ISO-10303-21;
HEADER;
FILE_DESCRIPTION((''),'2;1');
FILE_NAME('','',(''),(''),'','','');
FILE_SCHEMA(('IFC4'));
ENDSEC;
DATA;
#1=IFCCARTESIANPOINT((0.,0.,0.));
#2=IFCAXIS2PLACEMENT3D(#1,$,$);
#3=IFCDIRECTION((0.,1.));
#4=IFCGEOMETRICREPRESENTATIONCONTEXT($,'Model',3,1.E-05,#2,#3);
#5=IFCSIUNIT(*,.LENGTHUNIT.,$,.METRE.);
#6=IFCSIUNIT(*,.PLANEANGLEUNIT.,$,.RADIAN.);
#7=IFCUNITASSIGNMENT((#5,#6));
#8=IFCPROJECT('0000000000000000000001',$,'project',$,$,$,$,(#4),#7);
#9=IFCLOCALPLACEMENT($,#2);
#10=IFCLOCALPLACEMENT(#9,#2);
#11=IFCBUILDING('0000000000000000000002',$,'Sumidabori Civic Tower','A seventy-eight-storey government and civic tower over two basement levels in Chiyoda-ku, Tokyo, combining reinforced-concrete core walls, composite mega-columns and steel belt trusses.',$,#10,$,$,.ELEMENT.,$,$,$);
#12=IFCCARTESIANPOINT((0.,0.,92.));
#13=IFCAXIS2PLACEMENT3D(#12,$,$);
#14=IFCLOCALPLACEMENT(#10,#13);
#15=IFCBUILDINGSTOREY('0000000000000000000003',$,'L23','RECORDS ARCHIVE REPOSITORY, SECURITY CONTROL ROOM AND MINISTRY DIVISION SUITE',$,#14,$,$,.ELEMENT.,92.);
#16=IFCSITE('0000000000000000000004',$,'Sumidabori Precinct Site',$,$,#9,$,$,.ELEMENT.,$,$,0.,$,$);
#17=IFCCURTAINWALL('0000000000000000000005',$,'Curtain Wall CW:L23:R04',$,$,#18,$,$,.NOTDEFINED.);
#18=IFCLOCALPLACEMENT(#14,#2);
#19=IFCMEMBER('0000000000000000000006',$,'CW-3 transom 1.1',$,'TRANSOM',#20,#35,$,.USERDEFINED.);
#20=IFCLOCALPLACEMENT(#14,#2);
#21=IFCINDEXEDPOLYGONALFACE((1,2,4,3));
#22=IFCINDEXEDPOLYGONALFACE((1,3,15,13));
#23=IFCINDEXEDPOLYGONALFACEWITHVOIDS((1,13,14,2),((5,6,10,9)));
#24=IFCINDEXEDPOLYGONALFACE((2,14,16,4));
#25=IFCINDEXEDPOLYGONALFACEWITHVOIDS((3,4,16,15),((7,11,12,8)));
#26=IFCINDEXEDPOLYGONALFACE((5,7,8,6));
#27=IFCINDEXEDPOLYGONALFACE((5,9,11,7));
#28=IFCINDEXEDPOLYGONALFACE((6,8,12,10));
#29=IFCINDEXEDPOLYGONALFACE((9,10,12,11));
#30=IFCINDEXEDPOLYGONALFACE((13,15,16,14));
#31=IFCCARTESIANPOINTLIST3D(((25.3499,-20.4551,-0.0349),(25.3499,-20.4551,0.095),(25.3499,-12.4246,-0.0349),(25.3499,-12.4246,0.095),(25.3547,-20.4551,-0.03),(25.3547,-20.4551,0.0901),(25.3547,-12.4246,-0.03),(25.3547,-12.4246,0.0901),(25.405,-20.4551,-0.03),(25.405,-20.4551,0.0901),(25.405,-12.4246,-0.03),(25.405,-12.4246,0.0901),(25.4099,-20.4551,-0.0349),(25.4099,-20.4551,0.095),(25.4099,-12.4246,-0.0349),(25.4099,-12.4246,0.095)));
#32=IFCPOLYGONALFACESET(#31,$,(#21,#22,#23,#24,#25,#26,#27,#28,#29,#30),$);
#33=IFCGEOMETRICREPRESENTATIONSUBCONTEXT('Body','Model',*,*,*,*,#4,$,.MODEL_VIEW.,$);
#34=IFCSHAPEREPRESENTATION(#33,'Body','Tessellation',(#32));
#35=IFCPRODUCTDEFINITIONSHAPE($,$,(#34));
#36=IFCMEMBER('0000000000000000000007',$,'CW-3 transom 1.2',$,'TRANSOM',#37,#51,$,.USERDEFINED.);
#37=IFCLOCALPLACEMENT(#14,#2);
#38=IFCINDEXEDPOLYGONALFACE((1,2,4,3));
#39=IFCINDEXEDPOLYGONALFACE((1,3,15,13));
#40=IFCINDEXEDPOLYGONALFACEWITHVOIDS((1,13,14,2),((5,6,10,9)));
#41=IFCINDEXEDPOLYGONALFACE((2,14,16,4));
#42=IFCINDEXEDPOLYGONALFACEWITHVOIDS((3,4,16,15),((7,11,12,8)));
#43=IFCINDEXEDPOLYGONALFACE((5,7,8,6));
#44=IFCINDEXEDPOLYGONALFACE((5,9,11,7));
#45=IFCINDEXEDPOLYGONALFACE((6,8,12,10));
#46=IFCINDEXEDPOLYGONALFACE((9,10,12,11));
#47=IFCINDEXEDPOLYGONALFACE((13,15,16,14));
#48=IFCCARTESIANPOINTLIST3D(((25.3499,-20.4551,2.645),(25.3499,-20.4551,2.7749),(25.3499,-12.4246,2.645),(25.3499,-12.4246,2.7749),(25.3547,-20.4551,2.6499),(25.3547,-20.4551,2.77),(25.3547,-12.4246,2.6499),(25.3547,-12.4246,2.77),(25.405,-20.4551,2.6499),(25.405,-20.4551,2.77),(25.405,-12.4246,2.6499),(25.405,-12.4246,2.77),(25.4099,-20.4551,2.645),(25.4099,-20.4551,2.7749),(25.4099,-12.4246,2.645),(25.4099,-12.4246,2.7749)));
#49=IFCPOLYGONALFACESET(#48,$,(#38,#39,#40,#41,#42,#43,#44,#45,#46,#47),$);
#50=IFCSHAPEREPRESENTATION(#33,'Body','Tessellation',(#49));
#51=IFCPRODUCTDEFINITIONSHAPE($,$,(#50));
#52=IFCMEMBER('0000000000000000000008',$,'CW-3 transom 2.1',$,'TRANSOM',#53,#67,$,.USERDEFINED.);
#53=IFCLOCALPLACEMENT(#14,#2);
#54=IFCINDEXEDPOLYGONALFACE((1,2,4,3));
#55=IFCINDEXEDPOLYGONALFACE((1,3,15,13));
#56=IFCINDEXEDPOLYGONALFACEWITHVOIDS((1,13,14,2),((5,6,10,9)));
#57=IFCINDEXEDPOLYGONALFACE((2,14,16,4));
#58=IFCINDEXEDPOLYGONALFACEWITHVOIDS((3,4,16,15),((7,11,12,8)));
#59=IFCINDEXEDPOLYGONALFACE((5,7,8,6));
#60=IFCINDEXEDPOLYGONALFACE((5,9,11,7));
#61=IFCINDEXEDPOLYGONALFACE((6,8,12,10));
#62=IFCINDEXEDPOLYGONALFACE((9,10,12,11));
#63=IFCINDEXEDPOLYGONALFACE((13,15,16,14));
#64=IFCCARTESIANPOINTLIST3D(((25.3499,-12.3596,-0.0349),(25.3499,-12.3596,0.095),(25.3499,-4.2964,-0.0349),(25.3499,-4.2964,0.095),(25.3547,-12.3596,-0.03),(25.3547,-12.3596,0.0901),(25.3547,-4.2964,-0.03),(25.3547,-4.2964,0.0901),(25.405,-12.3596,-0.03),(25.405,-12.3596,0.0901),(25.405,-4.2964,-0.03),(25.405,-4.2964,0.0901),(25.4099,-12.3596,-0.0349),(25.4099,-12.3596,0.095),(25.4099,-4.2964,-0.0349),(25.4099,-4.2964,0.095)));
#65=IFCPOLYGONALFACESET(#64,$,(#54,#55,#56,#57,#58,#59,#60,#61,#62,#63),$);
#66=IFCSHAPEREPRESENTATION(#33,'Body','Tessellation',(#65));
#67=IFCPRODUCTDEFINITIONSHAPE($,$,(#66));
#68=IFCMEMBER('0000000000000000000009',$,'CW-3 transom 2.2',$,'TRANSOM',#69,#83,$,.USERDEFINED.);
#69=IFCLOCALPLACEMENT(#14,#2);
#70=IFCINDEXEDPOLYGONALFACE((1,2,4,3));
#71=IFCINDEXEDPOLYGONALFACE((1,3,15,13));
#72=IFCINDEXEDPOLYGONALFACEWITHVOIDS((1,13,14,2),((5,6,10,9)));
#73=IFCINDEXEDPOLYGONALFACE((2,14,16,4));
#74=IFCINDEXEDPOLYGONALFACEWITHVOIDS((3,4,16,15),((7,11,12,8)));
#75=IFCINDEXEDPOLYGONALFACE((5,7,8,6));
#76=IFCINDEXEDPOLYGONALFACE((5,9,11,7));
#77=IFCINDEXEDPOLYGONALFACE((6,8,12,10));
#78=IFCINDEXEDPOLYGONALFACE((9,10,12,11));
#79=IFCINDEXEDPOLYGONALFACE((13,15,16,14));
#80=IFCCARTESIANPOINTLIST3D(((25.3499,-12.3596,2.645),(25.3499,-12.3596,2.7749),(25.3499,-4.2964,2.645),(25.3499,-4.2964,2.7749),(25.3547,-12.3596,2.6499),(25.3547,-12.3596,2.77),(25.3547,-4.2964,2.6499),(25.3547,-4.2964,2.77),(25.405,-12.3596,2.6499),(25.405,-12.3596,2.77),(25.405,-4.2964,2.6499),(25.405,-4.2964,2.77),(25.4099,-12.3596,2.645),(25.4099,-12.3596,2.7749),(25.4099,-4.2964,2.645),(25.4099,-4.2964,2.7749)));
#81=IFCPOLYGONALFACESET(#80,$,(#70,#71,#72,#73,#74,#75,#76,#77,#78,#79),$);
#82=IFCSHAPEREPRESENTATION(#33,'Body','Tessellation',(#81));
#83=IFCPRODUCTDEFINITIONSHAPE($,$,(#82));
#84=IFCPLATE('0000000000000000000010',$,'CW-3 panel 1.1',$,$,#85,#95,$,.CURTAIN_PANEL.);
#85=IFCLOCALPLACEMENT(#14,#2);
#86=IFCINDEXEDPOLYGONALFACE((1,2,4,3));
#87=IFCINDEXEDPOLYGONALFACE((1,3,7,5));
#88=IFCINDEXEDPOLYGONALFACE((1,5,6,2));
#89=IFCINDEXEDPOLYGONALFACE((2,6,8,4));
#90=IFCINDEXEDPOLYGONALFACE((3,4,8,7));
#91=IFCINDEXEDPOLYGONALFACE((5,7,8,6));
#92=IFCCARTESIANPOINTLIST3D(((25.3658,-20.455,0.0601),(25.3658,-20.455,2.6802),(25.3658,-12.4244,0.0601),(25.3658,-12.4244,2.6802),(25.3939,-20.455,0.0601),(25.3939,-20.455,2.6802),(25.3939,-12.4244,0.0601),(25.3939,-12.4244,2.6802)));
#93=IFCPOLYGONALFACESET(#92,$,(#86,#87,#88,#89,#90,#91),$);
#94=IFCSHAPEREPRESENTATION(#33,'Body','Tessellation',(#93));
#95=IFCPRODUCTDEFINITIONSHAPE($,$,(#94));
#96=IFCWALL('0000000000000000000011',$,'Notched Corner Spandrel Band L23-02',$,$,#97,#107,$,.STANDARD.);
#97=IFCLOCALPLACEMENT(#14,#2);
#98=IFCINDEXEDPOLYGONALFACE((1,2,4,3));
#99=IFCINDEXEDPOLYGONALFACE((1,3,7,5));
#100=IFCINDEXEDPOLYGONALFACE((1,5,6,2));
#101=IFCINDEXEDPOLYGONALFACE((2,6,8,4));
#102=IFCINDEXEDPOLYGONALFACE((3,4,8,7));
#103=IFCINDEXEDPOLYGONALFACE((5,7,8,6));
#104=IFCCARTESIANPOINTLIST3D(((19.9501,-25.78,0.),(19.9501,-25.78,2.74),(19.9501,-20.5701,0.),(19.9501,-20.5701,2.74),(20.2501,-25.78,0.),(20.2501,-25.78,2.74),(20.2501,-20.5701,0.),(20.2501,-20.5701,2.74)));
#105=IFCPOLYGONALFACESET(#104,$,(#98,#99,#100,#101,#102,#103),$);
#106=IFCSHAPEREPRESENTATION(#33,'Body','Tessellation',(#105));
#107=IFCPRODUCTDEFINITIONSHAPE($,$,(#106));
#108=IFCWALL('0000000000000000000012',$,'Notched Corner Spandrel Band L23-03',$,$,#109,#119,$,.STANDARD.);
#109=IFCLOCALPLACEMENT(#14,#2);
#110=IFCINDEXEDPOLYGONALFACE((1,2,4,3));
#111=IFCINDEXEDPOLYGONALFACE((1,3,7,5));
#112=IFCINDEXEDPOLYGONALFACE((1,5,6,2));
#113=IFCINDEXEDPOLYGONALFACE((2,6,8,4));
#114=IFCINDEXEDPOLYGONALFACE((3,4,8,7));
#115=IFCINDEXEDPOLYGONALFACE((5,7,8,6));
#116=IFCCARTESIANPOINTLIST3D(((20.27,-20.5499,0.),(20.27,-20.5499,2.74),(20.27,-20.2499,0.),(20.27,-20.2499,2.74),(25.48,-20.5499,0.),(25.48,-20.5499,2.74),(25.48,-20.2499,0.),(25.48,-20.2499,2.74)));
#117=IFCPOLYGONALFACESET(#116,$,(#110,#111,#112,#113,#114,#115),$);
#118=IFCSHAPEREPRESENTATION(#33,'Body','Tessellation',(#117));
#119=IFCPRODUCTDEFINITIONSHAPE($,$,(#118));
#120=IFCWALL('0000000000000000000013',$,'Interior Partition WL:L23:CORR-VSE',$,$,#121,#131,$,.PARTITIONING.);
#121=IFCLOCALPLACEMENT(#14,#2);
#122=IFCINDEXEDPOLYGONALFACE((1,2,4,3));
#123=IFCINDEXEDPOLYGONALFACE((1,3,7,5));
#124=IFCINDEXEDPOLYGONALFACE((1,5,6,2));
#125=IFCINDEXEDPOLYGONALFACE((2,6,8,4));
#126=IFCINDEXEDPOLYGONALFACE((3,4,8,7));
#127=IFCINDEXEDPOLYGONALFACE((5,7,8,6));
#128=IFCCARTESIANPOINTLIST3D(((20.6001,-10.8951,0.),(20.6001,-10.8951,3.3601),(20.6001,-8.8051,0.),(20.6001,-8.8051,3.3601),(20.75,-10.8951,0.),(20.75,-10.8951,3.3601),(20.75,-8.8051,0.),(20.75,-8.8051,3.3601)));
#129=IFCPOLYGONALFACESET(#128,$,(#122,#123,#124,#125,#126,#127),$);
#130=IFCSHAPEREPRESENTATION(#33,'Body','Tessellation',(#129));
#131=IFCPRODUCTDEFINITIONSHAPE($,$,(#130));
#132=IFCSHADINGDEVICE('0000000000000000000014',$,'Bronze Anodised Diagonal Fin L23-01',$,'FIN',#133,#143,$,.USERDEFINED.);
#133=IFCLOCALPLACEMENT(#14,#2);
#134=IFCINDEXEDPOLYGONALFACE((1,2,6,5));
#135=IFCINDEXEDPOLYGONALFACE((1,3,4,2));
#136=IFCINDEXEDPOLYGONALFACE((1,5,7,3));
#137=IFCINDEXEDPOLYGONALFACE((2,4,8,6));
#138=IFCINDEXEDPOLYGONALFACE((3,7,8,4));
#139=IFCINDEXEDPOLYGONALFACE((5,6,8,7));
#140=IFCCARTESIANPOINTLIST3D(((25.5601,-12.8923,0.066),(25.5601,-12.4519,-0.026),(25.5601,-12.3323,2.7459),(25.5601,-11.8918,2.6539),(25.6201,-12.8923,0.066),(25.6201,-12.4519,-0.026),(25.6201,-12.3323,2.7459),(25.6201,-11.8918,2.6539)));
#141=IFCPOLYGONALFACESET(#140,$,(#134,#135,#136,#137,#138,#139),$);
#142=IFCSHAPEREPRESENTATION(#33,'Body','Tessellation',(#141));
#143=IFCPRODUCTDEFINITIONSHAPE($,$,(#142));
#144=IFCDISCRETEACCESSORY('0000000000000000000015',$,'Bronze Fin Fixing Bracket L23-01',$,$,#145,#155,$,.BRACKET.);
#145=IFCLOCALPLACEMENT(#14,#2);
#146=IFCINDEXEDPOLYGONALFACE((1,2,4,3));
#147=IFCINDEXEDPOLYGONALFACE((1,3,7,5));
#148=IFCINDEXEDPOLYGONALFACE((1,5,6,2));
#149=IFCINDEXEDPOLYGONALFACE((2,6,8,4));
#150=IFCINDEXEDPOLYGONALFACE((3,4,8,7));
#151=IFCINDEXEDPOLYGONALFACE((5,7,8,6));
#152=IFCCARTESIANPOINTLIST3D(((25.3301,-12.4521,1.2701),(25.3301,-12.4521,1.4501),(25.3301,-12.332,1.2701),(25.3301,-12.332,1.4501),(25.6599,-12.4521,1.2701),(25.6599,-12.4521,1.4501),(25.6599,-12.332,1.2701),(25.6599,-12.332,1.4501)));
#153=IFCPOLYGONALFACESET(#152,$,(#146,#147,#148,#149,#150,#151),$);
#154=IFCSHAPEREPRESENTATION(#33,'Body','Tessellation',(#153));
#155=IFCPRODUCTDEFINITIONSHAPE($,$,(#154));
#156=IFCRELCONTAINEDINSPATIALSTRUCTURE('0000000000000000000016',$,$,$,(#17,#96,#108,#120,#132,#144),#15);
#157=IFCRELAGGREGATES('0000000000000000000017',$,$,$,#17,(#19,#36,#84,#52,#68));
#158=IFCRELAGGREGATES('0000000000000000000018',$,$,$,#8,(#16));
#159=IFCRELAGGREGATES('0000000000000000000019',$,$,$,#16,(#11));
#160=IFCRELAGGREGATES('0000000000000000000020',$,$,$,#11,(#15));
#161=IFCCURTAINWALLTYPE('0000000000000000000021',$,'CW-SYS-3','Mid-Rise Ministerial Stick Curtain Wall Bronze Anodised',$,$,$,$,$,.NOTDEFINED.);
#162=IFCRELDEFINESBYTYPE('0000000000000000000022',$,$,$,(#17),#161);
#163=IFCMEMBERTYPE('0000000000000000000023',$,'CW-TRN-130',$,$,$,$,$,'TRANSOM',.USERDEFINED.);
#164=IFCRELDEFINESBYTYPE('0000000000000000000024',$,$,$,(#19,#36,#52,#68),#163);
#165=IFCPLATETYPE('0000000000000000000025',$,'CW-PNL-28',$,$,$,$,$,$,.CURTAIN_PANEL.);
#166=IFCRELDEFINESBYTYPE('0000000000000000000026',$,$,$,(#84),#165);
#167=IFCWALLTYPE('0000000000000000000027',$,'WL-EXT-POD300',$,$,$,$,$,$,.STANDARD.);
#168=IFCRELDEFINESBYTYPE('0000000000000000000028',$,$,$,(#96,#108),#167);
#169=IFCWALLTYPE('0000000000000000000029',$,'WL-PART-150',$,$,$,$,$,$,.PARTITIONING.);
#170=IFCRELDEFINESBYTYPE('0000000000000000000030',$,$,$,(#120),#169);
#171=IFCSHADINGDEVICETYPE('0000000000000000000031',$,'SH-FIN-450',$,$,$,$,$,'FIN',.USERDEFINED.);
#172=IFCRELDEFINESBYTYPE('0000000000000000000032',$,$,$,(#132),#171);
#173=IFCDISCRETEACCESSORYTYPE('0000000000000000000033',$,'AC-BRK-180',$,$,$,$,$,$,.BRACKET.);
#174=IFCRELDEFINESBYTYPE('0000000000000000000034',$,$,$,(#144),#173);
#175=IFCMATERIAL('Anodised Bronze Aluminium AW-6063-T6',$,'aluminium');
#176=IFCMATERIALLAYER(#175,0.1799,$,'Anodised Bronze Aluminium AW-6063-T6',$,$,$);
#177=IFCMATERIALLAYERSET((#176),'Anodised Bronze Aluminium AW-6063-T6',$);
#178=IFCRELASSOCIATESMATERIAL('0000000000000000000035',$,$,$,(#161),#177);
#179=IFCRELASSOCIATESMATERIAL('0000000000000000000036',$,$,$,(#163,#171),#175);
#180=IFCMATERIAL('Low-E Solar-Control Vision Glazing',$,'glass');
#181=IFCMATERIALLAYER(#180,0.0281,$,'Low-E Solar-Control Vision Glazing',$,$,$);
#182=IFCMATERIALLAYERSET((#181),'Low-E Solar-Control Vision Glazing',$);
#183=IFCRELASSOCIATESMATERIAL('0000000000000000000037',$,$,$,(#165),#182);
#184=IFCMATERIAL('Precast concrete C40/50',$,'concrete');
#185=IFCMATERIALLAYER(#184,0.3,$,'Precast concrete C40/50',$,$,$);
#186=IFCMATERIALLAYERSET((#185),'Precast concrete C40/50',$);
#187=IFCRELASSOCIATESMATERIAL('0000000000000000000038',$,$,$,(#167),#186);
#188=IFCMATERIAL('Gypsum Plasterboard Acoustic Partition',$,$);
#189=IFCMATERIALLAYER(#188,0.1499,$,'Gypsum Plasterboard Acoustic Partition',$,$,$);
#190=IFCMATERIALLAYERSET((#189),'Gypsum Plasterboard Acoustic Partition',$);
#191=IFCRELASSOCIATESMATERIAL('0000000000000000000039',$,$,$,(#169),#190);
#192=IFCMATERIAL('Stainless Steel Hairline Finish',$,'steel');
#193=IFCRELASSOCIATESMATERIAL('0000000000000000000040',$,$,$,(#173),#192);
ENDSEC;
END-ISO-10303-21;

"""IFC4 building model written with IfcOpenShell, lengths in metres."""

from ifc_helpers import new_model, si_unit, direction, frame, frame_2d, origin, origin_2d, place, context, subcontext, project, spatial, rectangle, hollow_rectangle, extrude, source, transform, mapped, material, layer, layer_set, material_profile, profile_set, type_object, element, aggregate, save


model = new_model("IFC4")

# Units and contexts
model_context = context("Model", 3, precision=1e-05, world=origin(), true_north=direction((0.0, 1.0)))
body_context = subcontext(model_context, "Body", "Model", "MODEL_VIEW")
ifc_project = project(units=[si_unit("LENGTHUNIT", "METRE"), si_unit("PLANEANGLEUNIT", "RADIAN")], contexts=[model_context])

# Site, building, storey
site_placement = place(None, origin())
site = spatial("IfcSite", under=ifc_project, at=site_placement, Name="Sumidabori Precinct Site", CompositionType="ELEMENT", RefElevation=0.0)
building_placement = place(site_placement, origin())
building = spatial("IfcBuilding", under=site, at=building_placement, Name="Sumidabori Civic Tower", Description="A seventy-eight-storey government and civic tower over two basement levels in Chiyoda-ku, Tokyo, combining reinforced-concrete core walls, composite mega-columns and steel belt trusses.", CompositionType="ELEMENT")
storey_placement = place(building_placement, frame((0.0, 0.0, 92.0)))
storey = spatial("IfcBuildingStorey", under=building, at=storey_placement, Name="L23", Description="RECORDS ARCHIVE REPOSITORY, SECURITY CONTROL ROOM AND MINISTRY DIVISION SUITE", CompositionType="ELEMENT", Elevation=92.0)

# Shared definitions
ifc_material_1 = material(Name="Anodised Bronze Aluminium AW-6063-T6", Category="aluminium")
ifc_layer_1 = layer(ifc_material_1, 0.1799, Name="Anodised Bronze Aluminium AW-6063-T6")
ifc_layer_set_1 = layer_set([ifc_layer_1], Name="Anodised Bronze Aluminium AW-6063-T6")
curtain_wall_type = type_object("IfcCurtainWallType", Name="CW-SYS-3", Description="Mid-Rise Ministerial Stick Curtain Wall Bronze Anodised", PredefinedType="NOTDEFINED", material=ifc_layer_set_1)

# Curtain wall, members, plate
curtain_wall_1_placement = place(storey_placement, origin())
curtain_wall_1 = element("IfcCurtainWall", 1, at=curtain_wall_1_placement, inside=storey, type_object=curtain_wall_type, Name="Curtain Wall CW:L23:R04", PredefinedType="NOTDEFINED")
ifc_material_profile_1 = material_profile(ifc_material_1, hollow_rectangle(XDim=0.0601, YDim=0.1299, WallThickness=0.0049, at=origin_2d()), Name="ALU TRANSOM 130x60")
ifc_profile_set_1 = profile_set([ifc_material_profile_1], Name="Anodised Bronze Aluminium AW-6063-T6")
member_type_1 = type_object("IfcMemberType", Name="CW-TRN-130", ElementType="TRANSOM", PredefinedType="USERDEFINED", material=ifc_profile_set_1)
shared_shape_1 = source(origin(), body_context, "Body", "SweptSolid", [
    extrude(hollow_rectangle(XDim=0.0601, YDim=0.1299, WallThickness=0.0049, at=origin_2d()), origin(), (0.0, 0.0, 1.0), 8.0305),
])
member_1_placement = place(storey_placement, frame((25.3799, -20.4551, 0.03), z_axis=(0.0, 1.0, 0.0), x_axis=(-1.0, 0.0, 0.0)))
member_1 = element("IfcMember", 2, at=member_1_placement, type_object=member_type_1, Name="CW-3 transom 1.1", ObjectType="TRANSOM", PredefinedType="USERDEFINED", context=body_context, shape_type="MappedRepresentation", body=[
    mapped(shared_shape_1, transform((0.0, 0.0, 0.0), x_axis=(1.0, 0.0, 0.0), y_axis=(0.0, 1.0, 0.0), z_axis=(0.0, 0.0, 1.0), scale=1.0)),
])
member_2_placement = place(storey_placement, frame((25.3799, -20.4551, 2.71), z_axis=(0.0, 1.0, 0.0), x_axis=(-1.0, 0.0, 0.0)))
member_2 = element("IfcMember", 3, at=member_2_placement, type_object=member_type_1, Name="CW-3 transom 1.2", ObjectType="TRANSOM", PredefinedType="USERDEFINED", context=body_context, shape_type="MappedRepresentation", body=[
    mapped(shared_shape_1, transform((0.0, 0.0, 0.0), x_axis=(1.0, 0.0, 0.0), y_axis=(0.0, 1.0, 0.0), z_axis=(0.0, 0.0, 1.0), scale=1.0)),
])
shared_shape_2 = source(origin(), body_context, "Body", "SweptSolid", [
    extrude(hollow_rectangle(XDim=0.0601, YDim=0.1299, WallThickness=0.0049, at=origin_2d()), origin(), (0.0, 0.0, 1.0), 8.0632),
])
member_3_placement = place(storey_placement, frame((25.3799, -12.3596, 0.03), z_axis=(0.0, 1.0, 0.0), x_axis=(-1.0, 0.0, 0.0)))
member_3 = element("IfcMember", 4, at=member_3_placement, type_object=member_type_1, Name="CW-3 transom 2.1", ObjectType="TRANSOM", PredefinedType="USERDEFINED", context=body_context, shape_type="MappedRepresentation", body=[
    mapped(shared_shape_2, transform((0.0, 0.0, 0.0), x_axis=(1.0, 0.0, 0.0), y_axis=(0.0, 1.0, 0.0), z_axis=(0.0, 0.0, 1.0), scale=1.0)),
])
member_4_placement = place(storey_placement, frame((25.3799, -12.3596, 2.71), z_axis=(0.0, 1.0, 0.0), x_axis=(-1.0, 0.0, 0.0)))
member_4 = element("IfcMember", 5, at=member_4_placement, type_object=member_type_1, Name="CW-3 transom 2.2", ObjectType="TRANSOM", PredefinedType="USERDEFINED", context=body_context, shape_type="MappedRepresentation", body=[
    mapped(shared_shape_2, transform((0.0, 0.0, 0.0), x_axis=(1.0, 0.0, 0.0), y_axis=(0.0, 1.0, 0.0), z_axis=(0.0, 0.0, 1.0), scale=1.0)),
])
ifc_material_2 = material(Name="Low-E Solar-Control Vision Glazing", Category="glass")
ifc_layer_2 = layer(ifc_material_2, 0.0281, Name="Low-E Solar-Control Vision Glazing")
ifc_layer_set_2 = layer_set([ifc_layer_2], Name="Low-E Solar-Control Vision Glazing")
plate_type = type_object("IfcPlateType", Name="CW-PNL-28", PredefinedType="CURTAIN_PANEL", material=ifc_layer_set_2)
shared_shape_3 = source(origin(), body_context, "Body", "SweptSolid", [
    extrude(rectangle(XDim=8.0305, YDim=0.0281, at=origin_2d()), origin(), (0.0, 0.0, 1.0), 2.6201),
])
plate_placement = place(storey_placement, frame((25.3799, -16.4397, 0.0601), z_axis=(0.0, 0.0, 1.0), x_axis=(0.0, 1.0, 0.0)))
plate = element("IfcPlate", 6, at=plate_placement, type_object=plate_type, Name="CW-3 panel 1.1", PredefinedType="CURTAIN_PANEL", context=body_context, shape_type="MappedRepresentation", body=[
    mapped(shared_shape_3, transform((0.0, 0.0, 0.0), x_axis=(1.0, 0.0, 0.0), y_axis=(0.0, 1.0, 0.0), z_axis=(0.0, 0.0, 1.0), scale=1.0)),
])
aggregate(curtain_wall_1, [member_1, member_2, plate, member_3, member_4])

# Walls
ifc_material_3 = material(Name="Precast concrete C40/50", Category="concrete")
ifc_layer_3 = layer(ifc_material_3, 0.3, Name="Precast concrete C40/50")
ifc_layer_set_3 = layer_set([ifc_layer_3], Name="Precast concrete C40/50")
wall_type_1 = type_object("IfcWallType", Name="WL-EXT-POD300", PredefinedType="STANDARD", material=ifc_layer_set_3)
shared_shape_4 = source(origin(), body_context, "Body", "SweptSolid", [
    extrude(rectangle(XDim=5.21, YDim=0.3, at=frame_2d((2.605, 0.0))), origin(), (0.0, 0.0, 1.0), 2.74),
])
for number, where, z_axis, x_axis, name in (
    (7, (20.1001, -25.78, 0.0), (0.0, 0.0, 1.0), (0.0, 1.0, 0.0), "Notched Corner Spandrel Band L23-02"),
    (8, (20.27, -20.3999, 0.0), (0.0, 0.0, 1.0), (1.0, 0.0, 0.0), "Notched Corner Spandrel Band L23-03"),
):
    element("IfcWall", number, at=place(storey_placement, frame(where, z_axis=z_axis, x_axis=x_axis)), inside=storey, type_object=wall_type_1, Name=name, PredefinedType="STANDARD", context=body_context, shape_type="MappedRepresentation", body=[
        mapped(shared_shape_4, transform((0.0, 0.0, 0.0), x_axis=(1.0, 0.0, 0.0), y_axis=(0.0, 1.0, 0.0), z_axis=(0.0, 0.0, 1.0), scale=1.0)),
    ])

# Shared definitions
ifc_material_4 = material(Name="Gypsum Plasterboard Acoustic Partition")
ifc_layer_4 = layer(ifc_material_4, 0.1499, Name="Gypsum Plasterboard Acoustic Partition")
ifc_layer_set_4 = layer_set([ifc_layer_4], Name="Gypsum Plasterboard Acoustic Partition")
wall_type_2 = type_object("IfcWallType", Name="WL-PART-150", PredefinedType="PARTITIONING", material=ifc_layer_set_4)

# Wall
shared_shape_5 = source(origin(), body_context, "Body", "SweptSolid", [
    extrude(rectangle(XDim=2.0901, YDim=0.1499, at=frame_2d((1.0449, 0.0))), origin(), (0.0, 0.0, 1.0), 3.3601),
])
wall_1_placement = place(storey_placement, frame((20.675, -10.895, 0.0), z_axis=(0.0, 0.0, 1.0), x_axis=(0.0, 1.0, 0.0)))
element("IfcWall", 9, at=wall_1_placement, inside=storey, type_object=wall_type_2, Name="Interior Partition WL:L23:CORR-VSE", PredefinedType="PARTITIONING", context=body_context, shape_type="MappedRepresentation", body=[
    mapped(shared_shape_5, transform((0.0, 0.0, 0.0), x_axis=(1.0, 0.0, 0.0), y_axis=(0.0, 1.0, 0.0), z_axis=(0.0, 0.0, 1.0), scale=1.0)),
])

# Shading device
ifc_material_profile_2 = material_profile(ifc_material_1, rectangle(XDim=0.0601, YDim=0.45, at=origin_2d()), Name="BRONZE FIN 450x60")
ifc_profile_set_2 = profile_set([ifc_material_profile_2], Name="Anodised Bronze Aluminium AW-6063-T6")
shading_device_type = type_object("IfcShadingDeviceType", Name="SH-FIN-450", ElementType="FIN", PredefinedType="USERDEFINED", material=ifc_profile_set_2)
shared_shape_6 = source(origin(), body_context, "Body", "SweptSolid", [
    extrude(rectangle(XDim=0.0601, YDim=0.45, at=origin_2d()), origin(), (0.0, 0.0, 1.0), 2.7378),
])
shading_device_placement = place(storey_placement, frame((25.5901, -12.6721, 0.02), z_axis=(0.0, 0.204563, 0.978853), x_axis=(-1.0, 0.0, 0.0)))
element("IfcShadingDevice", 10, at=shading_device_placement, inside=storey, type_object=shading_device_type, Name="Bronze Anodised Diagonal Fin L23-01", ObjectType="FIN", PredefinedType="USERDEFINED", context=body_context, shape_type="MappedRepresentation", body=[
    mapped(shared_shape_6, transform((0.0, 0.0, 0.0), x_axis=(1.0, 0.0, 0.0), y_axis=(0.0, 1.0, 0.0), z_axis=(0.0, 0.0, 1.0), scale=1.0)),
])

# Discrete accessory
ifc_material_5 = material(Name="Stainless Steel Hairline Finish", Category="steel")
ifc_material_profile_3 = material_profile(ifc_material_5, rectangle(XDim=0.1201, YDim=0.1799, at=origin_2d()), Name="STEEL BRACKET 180x120")
ifc_profile_set_3 = profile_set([ifc_material_profile_3], Name="Stainless Steel Hairline Finish")
discrete_accessory_type = type_object("IfcDiscreteAccessoryType", Name="AC-BRK-180", PredefinedType="BRACKET", material=ifc_profile_set_3)
shared_shape_7 = source(origin(), body_context, "Body", "SweptSolid", [
    extrude(rectangle(XDim=0.1201, YDim=0.1799, at=origin_2d()), origin(), (0.0, 0.0, 1.0), 0.3298),
])
discrete_accessory_placement = place(storey_placement, frame((25.3301, -12.3921, 1.3601), z_axis=(1.0, 0.0, 0.0), x_axis=(0.0, 1.0, 0.0)))
element("IfcDiscreteAccessory", 11, at=discrete_accessory_placement, inside=storey, type_object=discrete_accessory_type, Name="Bronze Fin Fixing Bracket L23-01", PredefinedType="BRACKET", context=body_context, shape_type="MappedRepresentation", body=[
    mapped(shared_shape_7, transform((0.0, 0.0, 0.0), x_axis=(1.0, 0.0, 0.0), y_axis=(0.0, 1.0, 0.0), z_axis=(0.0, 0.0, 1.0), scale=1.0)),
])

save(model, "model.ifc")
